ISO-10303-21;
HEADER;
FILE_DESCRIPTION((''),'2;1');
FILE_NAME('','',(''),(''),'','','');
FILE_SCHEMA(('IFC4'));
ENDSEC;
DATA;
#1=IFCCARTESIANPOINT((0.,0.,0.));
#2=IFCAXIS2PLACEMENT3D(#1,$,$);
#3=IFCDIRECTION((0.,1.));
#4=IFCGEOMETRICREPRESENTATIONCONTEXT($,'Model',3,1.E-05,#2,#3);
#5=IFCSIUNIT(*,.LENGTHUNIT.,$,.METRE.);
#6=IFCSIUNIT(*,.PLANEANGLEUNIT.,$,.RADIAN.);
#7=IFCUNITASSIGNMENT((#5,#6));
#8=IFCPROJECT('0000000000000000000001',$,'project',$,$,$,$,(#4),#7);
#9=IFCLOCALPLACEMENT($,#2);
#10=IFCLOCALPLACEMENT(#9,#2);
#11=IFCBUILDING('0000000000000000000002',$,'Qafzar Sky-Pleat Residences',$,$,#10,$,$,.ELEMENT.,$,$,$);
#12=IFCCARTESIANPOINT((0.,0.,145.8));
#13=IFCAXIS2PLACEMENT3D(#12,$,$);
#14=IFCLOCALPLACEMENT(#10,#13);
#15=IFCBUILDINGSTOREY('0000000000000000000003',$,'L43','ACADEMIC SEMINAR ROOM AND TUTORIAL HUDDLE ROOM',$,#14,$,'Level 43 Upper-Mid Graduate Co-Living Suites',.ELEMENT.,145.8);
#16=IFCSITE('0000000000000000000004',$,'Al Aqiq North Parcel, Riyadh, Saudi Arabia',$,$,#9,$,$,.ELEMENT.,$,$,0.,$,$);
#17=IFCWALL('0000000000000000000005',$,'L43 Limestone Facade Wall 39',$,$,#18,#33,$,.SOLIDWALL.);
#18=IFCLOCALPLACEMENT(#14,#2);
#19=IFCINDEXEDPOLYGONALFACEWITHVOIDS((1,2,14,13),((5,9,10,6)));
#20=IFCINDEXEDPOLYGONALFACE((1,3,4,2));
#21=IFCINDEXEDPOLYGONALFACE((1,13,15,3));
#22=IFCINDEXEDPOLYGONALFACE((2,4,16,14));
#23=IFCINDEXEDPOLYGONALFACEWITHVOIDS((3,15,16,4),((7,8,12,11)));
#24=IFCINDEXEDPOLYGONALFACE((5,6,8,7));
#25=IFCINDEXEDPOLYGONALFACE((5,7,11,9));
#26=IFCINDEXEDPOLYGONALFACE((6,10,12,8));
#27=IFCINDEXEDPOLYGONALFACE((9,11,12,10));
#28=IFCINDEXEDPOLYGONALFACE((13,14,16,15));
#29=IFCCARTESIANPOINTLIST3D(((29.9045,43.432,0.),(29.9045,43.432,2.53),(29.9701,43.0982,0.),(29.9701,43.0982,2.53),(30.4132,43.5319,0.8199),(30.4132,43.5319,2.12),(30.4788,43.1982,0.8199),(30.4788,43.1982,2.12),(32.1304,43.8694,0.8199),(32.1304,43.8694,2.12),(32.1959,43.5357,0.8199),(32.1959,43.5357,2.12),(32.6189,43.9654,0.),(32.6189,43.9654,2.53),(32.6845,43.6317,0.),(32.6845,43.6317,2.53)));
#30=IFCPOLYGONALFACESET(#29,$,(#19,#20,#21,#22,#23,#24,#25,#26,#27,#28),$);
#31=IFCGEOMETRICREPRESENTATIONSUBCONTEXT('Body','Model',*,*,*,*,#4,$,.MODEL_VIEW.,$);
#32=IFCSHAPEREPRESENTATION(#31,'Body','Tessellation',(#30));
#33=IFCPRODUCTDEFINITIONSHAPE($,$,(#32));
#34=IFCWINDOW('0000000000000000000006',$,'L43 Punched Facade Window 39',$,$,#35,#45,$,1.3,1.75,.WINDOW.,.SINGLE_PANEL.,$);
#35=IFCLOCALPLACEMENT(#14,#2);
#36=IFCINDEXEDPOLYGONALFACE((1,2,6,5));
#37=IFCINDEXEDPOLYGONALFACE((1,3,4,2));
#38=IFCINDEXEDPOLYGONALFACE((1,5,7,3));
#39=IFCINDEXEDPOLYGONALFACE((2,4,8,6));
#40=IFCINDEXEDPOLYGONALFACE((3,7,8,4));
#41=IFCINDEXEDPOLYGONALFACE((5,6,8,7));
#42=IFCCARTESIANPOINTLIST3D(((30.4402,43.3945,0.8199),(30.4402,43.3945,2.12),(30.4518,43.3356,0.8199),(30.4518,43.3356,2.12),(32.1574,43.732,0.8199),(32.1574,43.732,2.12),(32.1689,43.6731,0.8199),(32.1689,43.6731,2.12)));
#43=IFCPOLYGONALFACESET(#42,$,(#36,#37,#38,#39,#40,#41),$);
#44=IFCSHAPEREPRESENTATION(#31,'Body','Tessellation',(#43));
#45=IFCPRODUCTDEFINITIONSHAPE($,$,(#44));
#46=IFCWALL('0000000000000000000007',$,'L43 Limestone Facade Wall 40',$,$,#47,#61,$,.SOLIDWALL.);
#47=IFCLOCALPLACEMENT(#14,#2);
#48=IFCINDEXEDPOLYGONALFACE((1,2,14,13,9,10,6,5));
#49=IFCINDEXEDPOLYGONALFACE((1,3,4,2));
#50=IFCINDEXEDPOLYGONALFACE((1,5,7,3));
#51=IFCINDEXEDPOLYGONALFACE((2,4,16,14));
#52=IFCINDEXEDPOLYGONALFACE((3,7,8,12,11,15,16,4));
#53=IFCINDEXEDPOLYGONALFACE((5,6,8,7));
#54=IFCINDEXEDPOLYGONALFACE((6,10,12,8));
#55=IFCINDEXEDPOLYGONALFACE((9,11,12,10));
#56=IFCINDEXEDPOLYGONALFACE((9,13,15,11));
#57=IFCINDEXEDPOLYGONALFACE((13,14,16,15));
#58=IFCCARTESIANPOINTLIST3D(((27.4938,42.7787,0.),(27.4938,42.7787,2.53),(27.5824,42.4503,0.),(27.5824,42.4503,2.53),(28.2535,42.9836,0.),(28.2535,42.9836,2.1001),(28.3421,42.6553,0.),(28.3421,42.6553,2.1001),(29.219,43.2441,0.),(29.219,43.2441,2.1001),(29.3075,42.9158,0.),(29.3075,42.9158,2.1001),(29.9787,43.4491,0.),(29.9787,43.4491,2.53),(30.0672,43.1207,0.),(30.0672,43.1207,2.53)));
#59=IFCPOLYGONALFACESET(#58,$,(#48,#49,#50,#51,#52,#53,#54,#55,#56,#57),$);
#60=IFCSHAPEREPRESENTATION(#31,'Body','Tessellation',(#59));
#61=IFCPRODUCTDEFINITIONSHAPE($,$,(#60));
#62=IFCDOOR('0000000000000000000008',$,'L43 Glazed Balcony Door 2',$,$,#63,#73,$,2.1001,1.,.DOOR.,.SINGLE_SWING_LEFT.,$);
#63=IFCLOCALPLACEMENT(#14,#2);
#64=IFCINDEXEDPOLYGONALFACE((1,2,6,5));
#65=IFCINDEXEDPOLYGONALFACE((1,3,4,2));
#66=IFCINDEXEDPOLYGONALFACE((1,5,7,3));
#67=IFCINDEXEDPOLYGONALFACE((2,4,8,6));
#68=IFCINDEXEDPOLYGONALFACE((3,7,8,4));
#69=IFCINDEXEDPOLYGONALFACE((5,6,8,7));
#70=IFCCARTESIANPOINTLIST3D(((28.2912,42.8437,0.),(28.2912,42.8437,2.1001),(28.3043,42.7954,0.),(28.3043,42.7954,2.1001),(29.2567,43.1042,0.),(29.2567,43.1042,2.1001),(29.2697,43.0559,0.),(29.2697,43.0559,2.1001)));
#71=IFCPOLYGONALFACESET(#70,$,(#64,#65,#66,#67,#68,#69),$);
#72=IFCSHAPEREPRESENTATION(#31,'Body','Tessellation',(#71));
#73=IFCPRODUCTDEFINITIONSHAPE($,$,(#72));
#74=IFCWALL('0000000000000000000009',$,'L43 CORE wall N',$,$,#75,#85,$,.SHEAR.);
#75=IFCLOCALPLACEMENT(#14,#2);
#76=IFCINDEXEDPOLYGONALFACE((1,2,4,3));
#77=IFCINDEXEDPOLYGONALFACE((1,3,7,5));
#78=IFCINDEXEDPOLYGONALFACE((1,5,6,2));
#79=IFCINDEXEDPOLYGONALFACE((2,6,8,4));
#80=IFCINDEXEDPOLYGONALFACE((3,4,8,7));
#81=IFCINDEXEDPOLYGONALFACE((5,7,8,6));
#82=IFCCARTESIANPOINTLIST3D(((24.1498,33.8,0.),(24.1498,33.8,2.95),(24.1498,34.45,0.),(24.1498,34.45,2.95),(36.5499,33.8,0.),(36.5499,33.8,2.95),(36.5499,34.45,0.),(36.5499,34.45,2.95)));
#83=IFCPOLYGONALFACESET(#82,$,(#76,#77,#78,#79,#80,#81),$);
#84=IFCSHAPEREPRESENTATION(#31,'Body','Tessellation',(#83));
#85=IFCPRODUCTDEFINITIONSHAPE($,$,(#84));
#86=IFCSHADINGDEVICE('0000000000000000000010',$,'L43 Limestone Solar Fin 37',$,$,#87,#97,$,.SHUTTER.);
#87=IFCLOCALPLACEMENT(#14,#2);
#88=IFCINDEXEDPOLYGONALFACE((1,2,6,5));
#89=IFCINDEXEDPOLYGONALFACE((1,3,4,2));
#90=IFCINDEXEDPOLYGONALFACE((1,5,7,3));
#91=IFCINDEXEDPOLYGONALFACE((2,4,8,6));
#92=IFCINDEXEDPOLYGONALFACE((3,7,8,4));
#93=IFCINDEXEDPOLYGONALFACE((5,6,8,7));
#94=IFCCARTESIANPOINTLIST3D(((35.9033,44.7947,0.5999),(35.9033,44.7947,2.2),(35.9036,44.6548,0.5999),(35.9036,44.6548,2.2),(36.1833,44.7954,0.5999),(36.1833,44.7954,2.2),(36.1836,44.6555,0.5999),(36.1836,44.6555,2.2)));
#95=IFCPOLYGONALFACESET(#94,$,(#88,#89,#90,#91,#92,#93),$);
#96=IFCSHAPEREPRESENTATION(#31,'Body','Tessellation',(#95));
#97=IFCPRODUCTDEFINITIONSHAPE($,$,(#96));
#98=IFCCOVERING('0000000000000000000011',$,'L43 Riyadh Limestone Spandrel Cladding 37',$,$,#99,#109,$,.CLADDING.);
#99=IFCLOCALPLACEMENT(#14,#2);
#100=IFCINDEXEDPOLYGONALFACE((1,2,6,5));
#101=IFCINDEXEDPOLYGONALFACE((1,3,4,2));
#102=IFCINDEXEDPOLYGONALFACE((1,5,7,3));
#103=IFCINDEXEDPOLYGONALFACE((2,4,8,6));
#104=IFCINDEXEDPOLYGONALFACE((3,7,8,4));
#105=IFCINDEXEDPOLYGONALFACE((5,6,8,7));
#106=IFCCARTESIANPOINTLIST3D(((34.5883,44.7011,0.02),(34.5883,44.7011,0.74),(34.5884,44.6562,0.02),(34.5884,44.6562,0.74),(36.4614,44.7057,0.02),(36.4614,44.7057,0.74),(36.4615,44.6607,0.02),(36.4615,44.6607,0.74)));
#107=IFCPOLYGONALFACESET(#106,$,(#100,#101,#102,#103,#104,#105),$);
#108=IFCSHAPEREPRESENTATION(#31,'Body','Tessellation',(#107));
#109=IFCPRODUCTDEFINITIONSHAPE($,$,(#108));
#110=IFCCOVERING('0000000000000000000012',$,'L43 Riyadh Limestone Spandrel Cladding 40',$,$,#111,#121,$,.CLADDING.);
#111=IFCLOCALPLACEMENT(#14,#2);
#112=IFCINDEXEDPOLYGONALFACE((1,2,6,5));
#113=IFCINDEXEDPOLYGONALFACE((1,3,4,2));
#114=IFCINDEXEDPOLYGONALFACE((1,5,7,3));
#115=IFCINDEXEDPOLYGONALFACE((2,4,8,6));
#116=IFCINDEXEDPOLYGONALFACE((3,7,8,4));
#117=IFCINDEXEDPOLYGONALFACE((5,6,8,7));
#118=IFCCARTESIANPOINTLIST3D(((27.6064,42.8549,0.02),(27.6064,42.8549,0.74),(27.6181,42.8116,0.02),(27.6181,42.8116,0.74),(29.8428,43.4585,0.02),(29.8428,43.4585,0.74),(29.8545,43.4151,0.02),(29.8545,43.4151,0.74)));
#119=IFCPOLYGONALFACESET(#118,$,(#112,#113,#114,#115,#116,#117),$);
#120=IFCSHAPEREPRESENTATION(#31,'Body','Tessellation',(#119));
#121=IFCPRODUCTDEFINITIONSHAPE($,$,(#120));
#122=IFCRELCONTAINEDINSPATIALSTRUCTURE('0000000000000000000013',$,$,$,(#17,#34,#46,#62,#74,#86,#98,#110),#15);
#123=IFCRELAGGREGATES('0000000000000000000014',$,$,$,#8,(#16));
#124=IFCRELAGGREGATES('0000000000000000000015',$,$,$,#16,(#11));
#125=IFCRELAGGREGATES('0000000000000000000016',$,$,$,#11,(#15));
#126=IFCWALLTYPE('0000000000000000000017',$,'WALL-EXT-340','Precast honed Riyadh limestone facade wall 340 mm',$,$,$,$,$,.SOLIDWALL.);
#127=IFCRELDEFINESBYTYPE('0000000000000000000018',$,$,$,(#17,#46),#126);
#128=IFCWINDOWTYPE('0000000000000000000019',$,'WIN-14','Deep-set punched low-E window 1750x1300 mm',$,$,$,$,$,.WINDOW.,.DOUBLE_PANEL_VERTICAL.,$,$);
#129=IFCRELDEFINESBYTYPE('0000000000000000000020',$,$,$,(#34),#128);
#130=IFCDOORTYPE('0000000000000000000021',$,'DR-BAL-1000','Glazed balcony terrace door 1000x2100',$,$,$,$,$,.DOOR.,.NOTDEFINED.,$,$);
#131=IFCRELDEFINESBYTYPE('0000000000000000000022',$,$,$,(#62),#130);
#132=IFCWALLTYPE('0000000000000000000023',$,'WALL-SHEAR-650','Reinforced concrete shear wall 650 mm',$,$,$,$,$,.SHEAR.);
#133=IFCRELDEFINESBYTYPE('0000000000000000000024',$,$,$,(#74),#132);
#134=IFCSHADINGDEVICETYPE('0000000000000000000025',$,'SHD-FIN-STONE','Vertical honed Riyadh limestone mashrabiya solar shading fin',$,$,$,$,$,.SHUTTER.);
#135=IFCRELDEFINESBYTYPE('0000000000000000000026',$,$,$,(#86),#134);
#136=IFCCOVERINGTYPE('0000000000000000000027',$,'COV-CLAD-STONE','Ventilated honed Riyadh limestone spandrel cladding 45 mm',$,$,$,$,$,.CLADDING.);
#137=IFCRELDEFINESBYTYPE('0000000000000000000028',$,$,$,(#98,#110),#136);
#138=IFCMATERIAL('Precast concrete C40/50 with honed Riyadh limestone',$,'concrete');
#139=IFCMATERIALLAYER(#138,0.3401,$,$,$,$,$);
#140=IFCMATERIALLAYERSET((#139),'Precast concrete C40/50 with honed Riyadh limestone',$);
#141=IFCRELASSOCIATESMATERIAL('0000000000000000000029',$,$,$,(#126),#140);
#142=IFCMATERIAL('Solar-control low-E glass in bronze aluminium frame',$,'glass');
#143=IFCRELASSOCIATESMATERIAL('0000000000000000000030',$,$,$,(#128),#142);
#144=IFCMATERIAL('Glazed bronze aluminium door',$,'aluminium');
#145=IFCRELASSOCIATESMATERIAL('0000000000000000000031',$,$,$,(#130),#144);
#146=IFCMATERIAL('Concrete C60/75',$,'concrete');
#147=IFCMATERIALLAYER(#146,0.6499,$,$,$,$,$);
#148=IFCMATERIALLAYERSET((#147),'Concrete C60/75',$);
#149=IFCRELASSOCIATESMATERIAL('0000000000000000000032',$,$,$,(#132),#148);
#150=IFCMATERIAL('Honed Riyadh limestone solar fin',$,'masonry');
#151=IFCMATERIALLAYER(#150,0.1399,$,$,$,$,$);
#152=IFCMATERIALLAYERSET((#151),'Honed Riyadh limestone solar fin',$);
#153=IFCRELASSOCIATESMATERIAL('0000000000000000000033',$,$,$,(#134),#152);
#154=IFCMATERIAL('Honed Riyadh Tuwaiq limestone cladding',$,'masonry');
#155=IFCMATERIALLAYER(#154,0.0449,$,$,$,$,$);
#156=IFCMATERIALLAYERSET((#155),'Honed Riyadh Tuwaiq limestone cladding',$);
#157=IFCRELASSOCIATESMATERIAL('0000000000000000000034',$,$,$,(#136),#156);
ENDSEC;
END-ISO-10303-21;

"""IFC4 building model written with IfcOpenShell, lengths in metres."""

from ifc_helpers import new_model, si_unit, direction, frame, frame_2d, origin, origin_2d, place, context, subcontext, project, spatial, rectangle, extrude, source, transform, mapped, material, layer, layer_set, type_object, element, fill, save


model = new_model("IFC4")

# Units and contexts
model_context = context("Model", 3, precision=1e-05, world=origin(), true_north=direction((0.0, 1.0)))
body_context = subcontext(model_context, "Body", "Model", "MODEL_VIEW")
ifc_project = project(units=[si_unit("LENGTHUNIT", "METRE"), si_unit("PLANEANGLEUNIT", "RADIAN")], contexts=[model_context])

# Site, building, storey
site_placement = place(None, origin())
site = spatial("IfcSite", under=ifc_project, at=site_placement, Name="Al Aqiq North Parcel, Riyadh, Saudi Arabia", CompositionType="ELEMENT", RefElevation=0.0)
building_placement = place(site_placement, origin())
building = spatial("IfcBuilding", under=site, at=building_placement, Name="Qafzar Sky-Pleat Residences", CompositionType="ELEMENT")
storey_placement = place(building_placement, frame((0.0, 0.0, 145.8)))
storey = spatial("IfcBuildingStorey", under=building, at=storey_placement, Name="L43", Description="ACADEMIC SEMINAR ROOM AND TUTORIAL HUDDLE ROOM", LongName="Level 43 Upper-Mid Graduate Co-Living Suites", CompositionType="ELEMENT", Elevation=145.8)

# Wall, opening, window
ifc_material_1 = material(Name="Precast concrete C40/50 with honed Riyadh limestone", Category="concrete")
ifc_layer_1 = layer(ifc_material_1, 0.3401)
ifc_layer_set_1 = layer_set([ifc_layer_1], Name="Precast concrete C40/50 with honed Riyadh limestone")
wall_type_1 = type_object("IfcWallType", Name="WALL-EXT-340", Description="Precast honed Riyadh limestone facade wall 340 mm", PredefinedType="SOLIDWALL", material=ifc_layer_set_1)
ifc_material_2 = material(Name="Solar-control low-E glass in bronze aluminium frame", Category="glass")
wall_1_placement = place(storey_placement, frame((32.6519, 43.7986, 0.0), z_axis=(0.0, 0.0, 1.0), x_axis=(-0.98123, -0.192839, 0.0)))
wall_1 = element("IfcWall", 1, at=wall_1_placement, inside=storey, type_object=wall_type_1, Name="L43 Limestone Facade Wall 39", PredefinedType="SOLIDWALL", context=body_context, shape_type="SweptSolid", body=[
    extrude(rectangle(XDim=2.7664, YDim=0.3401, at=frame_2d((1.3833, 0.0))), origin(), (0.0, 0.0, 1.0), 2.53),
])
opening_1_placement = place(wall_1_placement, frame((0.498, 0.0, 0.8201)))
opening_1 = element("IfcOpeningElement", 2, at=opening_1_placement, cuts=wall_1, PredefinedType="OPENING", context=body_context, shape_type="SweptSolid", body=[
    extrude(rectangle(XDim=1.75, YDim=1.3, at=frame_2d((0.875, 0.6499))), frame((0.0, 0.1802, 0.0), z_axis=(0.0, -1.0, 0.0), x_axis=(1.0, 0.0, 0.0)), (0.0, 0.0, 1.0), 0.3601),
])
window_type_1 = type_object("IfcWindowType", Name="WIN-14", Description="Deep-set punched low-E window 1750x1300 mm", PartitioningType="DOUBLE_PANEL_VERTICAL", PredefinedType="WINDOW", material=ifc_material_2)
shared_shape_1 = source(origin(), body_context, "Body", "SweptSolid", [
    extrude(rectangle(XDim=1.75, YDim=1.3, at=frame_2d((0.875, 0.6499))), frame((0.0, 0.03, 0.0), z_axis=(0.0, -1.0, 0.0), x_axis=(1.0, 0.0, 0.0)), (0.0, 0.0, 1.0), 0.0601),
])
window_1_placement = place(opening_1_placement, origin())
window_1 = element("IfcWindow", 3, at=window_1_placement, inside=storey, type_object=window_type_1, Name="L43 Punched Facade Window 39", OverallHeight=1.3, OverallWidth=1.75, PartitioningType="SINGLE_PANEL", PredefinedType="WINDOW", context=body_context, shape_type="MappedRepresentation", body=[
    mapped(shared_shape_1, transform((0.0, 0.0, 0.0), x_axis=(1.0, 0.0, 0.0), y_axis=(0.0, 1.0, 0.0), z_axis=(0.0, 0.0, 1.0), scale=1.0)),
])
fill(opening_1, window_1)

# Wall, opening, door
wall_2_placement = place(storey_placement, frame((30.0229, 43.2849, 0.0), z_axis=(0.0, 0.0, 1.0), x_axis=(-0.965478, -0.260484, 0.0)))
wall_2 = element("IfcWall", 4, at=wall_2_placement, inside=storey, type_object=wall_type_1, Name="L43 Limestone Facade Wall 40", PredefinedType="SOLIDWALL", context=body_context, shape_type="SweptSolid", body=[
    extrude(rectangle(XDim=2.5737, YDim=0.3401, at=frame_2d((1.2869, 0.0))), origin(), (0.0, 0.0, 1.0), 2.53),
])
opening_2_placement = place(wall_2_placement, frame((0.7869, 0.0, 0.0)))
opening_2 = element("IfcOpeningElement", 5, at=opening_2_placement, cuts=wall_2, PredefinedType="OPENING", context=body_context, shape_type="SweptSolid", body=[
    extrude(rectangle(XDim=1.0, YDim=2.1001, at=frame_2d((0.5, 1.05))), frame((0.0, 0.1802, 0.0), z_axis=(0.0, -1.0, 0.0), x_axis=(1.0, 0.0, 0.0)), (0.0, 0.0, 1.0), 0.3601),
])
ifc_material_3 = material(Name="Glazed bronze aluminium door", Category="aluminium")
door_type_1 = type_object("IfcDoorType", Name="DR-BAL-1000", Description="Glazed balcony terrace door 1000x2100", OperationType="NOTDEFINED", PredefinedType="DOOR", material=ifc_material_3)
shared_shape_2 = source(origin(), body_context, "Body", "SweptSolid", [
    extrude(rectangle(XDim=1.0, YDim=2.1001, at=frame_2d((0.5, 1.05))), frame((0.0, 0.0249, 0.0), z_axis=(0.0, -1.0, 0.0), x_axis=(1.0, 0.0, 0.0)), (0.0, 0.0, 1.0), 0.05),
])
door_1_placement = place(opening_2_placement, origin())
door_1 = element("IfcDoor", 6, at=door_1_placement, inside=storey, type_object=door_type_1, Name="L43 Glazed Balcony Door 2", OperationType="SINGLE_SWING_LEFT", OverallHeight=2.1001, OverallWidth=1.0, PredefinedType="DOOR", context=body_context, shape_type="MappedRepresentation", body=[
    mapped(shared_shape_2, transform((0.0, 0.0, 0.0), x_axis=(1.0, 0.0, 0.0), y_axis=(0.0, 1.0, 0.0), z_axis=(0.0, 0.0, 1.0), scale=1.0)),
])
fill(opening_2, door_1)

# Wall
ifc_material_4 = material(Name="Concrete C60/75", Category="concrete")
ifc_layer_2 = layer(ifc_material_4, 0.6499)
ifc_layer_set_2 = layer_set([ifc_layer_2], Name="Concrete C60/75")
wall_type_2 = type_object("IfcWallType", Name="WALL-SHEAR-650", Description="Reinforced concrete shear wall 650 mm", PredefinedType="SHEAR", material=ifc_layer_set_2)
wall_3_placement = place(storey_placement, frame((36.55, 34.125, 0.0), z_axis=(0.0, 0.0, 1.0), x_axis=(-1.0, 0.0, 0.0)))
element("IfcWall", 7, at=wall_3_placement, inside=storey, type_object=wall_type_2, Name="L43 CORE wall N", PredefinedType="SHEAR", context=body_context, shape_type="SweptSolid", body=[
    extrude(rectangle(XDim=12.4001, YDim=0.6499, at=frame_2d((6.2002, 0.0))), origin(), (0.0, 0.0, 1.0), 2.95),
])

# Shading device
ifc_material_5 = material(Name="Honed Riyadh limestone solar fin", Category="masonry")
ifc_layer_3 = layer(ifc_material_5, 0.1399)
ifc_layer_set_3 = layer_set([ifc_layer_3], Name="Honed Riyadh limestone solar fin")
shading_device_type = type_object("IfcShadingDeviceType", Name="SHD-FIN-STONE", Description="Vertical honed Riyadh limestone mashrabiya solar shading fin", PredefinedType="SHUTTER", material=ifc_layer_set_3)
shared_shape_3 = source(origin(), body_context, "Body", "SweptSolid", [
    extrude(rectangle(XDim=0.1399, YDim=0.28, at=origin_2d()), origin(), (0.0, 0.0, 1.0), 1.6001),
])
shading_device_placement = place(storey_placement, frame((36.0435, 44.7251, 0.5999), z_axis=(0.0, 0.0, 1.0), x_axis=(-0.002444, 0.999997, 0.0)))
element("IfcShadingDevice", 8, at=shading_device_placement, inside=storey, type_object=shading_device_type, Name="L43 Limestone Solar Fin 37", PredefinedType="SHUTTER", context=body_context, shape_type="MappedRepresentation", body=[
    mapped(shared_shape_3, transform((0.0, 0.0, 0.0), x_axis=(1.0, 0.0, 0.0), y_axis=(0.0, 1.0, 0.0), z_axis=(0.0, 0.0, 1.0), scale=1.0)),
])

# Covering
ifc_material_6 = material(Name="Honed Riyadh Tuwaiq limestone cladding", Category="masonry")
ifc_layer_4 = layer(ifc_material_6, 0.0449)
ifc_layer_set_4 = layer_set([ifc_layer_4], Name="Honed Riyadh Tuwaiq limestone cladding")
covering_type = type_object("IfcCoveringType", Name="COV-CLAD-STONE", Description="Ventilated honed Riyadh limestone spandrel cladding 45 mm", PredefinedType="CLADDING", material=ifc_layer_set_4)
shared_shape_4 = source(origin(), body_context, "Body", "SweptSolid", [
    extrude(rectangle(XDim=1.873, YDim=0.0449, at=origin_2d()), origin(), (0.0, 0.0, 1.0), 0.72),
])
covering_1_placement = place(storey_placement, frame((35.5249, 44.6809, 0.02), z_axis=(0.0, 0.0, 1.0), x_axis=(-0.999997, -0.002451, 0.0)))
element("IfcCovering", 9, at=covering_1_placement, inside=storey, type_object=covering_type, Name="L43 Riyadh Limestone Spandrel Cladding 37", PredefinedType="CLADDING", context=body_context, shape_type="MappedRepresentation", body=[
    mapped(shared_shape_4, transform((0.0, 0.0, 0.0), x_axis=(1.0, 0.0, 0.0), y_axis=(0.0, 1.0, 0.0), z_axis=(0.0, 0.0, 1.0), scale=1.0)),
])

# Covering
shared_shape_5 = source(origin(), body_context, "Body", "SweptSolid", [
    extrude(rectangle(XDim=2.3164, YDim=0.0449, at=origin_2d()), origin(), (0.0, 0.0, 1.0), 0.72),
])
covering_2_placement = place(storey_placement, frame((28.7305, 43.135, 0.02), z_axis=(0.0, 0.0, 1.0), x_axis=(-0.965461, -0.260549, 0.0)))
element("IfcCovering", 10, at=covering_2_placement, inside=storey, type_object=covering_type, Name="L43 Riyadh Limestone Spandrel Cladding 40", PredefinedType="CLADDING", context=body_context, shape_type="MappedRepresentation", body=[
    mapped(shared_shape_5, transform((0.0, 0.0, 0.0), x_axis=(1.0, 0.0, 0.0), y_axis=(0.0, 1.0, 0.0), z_axis=(0.0, 0.0, 1.0), scale=1.0)),
])

save(model, "model.ifc")
